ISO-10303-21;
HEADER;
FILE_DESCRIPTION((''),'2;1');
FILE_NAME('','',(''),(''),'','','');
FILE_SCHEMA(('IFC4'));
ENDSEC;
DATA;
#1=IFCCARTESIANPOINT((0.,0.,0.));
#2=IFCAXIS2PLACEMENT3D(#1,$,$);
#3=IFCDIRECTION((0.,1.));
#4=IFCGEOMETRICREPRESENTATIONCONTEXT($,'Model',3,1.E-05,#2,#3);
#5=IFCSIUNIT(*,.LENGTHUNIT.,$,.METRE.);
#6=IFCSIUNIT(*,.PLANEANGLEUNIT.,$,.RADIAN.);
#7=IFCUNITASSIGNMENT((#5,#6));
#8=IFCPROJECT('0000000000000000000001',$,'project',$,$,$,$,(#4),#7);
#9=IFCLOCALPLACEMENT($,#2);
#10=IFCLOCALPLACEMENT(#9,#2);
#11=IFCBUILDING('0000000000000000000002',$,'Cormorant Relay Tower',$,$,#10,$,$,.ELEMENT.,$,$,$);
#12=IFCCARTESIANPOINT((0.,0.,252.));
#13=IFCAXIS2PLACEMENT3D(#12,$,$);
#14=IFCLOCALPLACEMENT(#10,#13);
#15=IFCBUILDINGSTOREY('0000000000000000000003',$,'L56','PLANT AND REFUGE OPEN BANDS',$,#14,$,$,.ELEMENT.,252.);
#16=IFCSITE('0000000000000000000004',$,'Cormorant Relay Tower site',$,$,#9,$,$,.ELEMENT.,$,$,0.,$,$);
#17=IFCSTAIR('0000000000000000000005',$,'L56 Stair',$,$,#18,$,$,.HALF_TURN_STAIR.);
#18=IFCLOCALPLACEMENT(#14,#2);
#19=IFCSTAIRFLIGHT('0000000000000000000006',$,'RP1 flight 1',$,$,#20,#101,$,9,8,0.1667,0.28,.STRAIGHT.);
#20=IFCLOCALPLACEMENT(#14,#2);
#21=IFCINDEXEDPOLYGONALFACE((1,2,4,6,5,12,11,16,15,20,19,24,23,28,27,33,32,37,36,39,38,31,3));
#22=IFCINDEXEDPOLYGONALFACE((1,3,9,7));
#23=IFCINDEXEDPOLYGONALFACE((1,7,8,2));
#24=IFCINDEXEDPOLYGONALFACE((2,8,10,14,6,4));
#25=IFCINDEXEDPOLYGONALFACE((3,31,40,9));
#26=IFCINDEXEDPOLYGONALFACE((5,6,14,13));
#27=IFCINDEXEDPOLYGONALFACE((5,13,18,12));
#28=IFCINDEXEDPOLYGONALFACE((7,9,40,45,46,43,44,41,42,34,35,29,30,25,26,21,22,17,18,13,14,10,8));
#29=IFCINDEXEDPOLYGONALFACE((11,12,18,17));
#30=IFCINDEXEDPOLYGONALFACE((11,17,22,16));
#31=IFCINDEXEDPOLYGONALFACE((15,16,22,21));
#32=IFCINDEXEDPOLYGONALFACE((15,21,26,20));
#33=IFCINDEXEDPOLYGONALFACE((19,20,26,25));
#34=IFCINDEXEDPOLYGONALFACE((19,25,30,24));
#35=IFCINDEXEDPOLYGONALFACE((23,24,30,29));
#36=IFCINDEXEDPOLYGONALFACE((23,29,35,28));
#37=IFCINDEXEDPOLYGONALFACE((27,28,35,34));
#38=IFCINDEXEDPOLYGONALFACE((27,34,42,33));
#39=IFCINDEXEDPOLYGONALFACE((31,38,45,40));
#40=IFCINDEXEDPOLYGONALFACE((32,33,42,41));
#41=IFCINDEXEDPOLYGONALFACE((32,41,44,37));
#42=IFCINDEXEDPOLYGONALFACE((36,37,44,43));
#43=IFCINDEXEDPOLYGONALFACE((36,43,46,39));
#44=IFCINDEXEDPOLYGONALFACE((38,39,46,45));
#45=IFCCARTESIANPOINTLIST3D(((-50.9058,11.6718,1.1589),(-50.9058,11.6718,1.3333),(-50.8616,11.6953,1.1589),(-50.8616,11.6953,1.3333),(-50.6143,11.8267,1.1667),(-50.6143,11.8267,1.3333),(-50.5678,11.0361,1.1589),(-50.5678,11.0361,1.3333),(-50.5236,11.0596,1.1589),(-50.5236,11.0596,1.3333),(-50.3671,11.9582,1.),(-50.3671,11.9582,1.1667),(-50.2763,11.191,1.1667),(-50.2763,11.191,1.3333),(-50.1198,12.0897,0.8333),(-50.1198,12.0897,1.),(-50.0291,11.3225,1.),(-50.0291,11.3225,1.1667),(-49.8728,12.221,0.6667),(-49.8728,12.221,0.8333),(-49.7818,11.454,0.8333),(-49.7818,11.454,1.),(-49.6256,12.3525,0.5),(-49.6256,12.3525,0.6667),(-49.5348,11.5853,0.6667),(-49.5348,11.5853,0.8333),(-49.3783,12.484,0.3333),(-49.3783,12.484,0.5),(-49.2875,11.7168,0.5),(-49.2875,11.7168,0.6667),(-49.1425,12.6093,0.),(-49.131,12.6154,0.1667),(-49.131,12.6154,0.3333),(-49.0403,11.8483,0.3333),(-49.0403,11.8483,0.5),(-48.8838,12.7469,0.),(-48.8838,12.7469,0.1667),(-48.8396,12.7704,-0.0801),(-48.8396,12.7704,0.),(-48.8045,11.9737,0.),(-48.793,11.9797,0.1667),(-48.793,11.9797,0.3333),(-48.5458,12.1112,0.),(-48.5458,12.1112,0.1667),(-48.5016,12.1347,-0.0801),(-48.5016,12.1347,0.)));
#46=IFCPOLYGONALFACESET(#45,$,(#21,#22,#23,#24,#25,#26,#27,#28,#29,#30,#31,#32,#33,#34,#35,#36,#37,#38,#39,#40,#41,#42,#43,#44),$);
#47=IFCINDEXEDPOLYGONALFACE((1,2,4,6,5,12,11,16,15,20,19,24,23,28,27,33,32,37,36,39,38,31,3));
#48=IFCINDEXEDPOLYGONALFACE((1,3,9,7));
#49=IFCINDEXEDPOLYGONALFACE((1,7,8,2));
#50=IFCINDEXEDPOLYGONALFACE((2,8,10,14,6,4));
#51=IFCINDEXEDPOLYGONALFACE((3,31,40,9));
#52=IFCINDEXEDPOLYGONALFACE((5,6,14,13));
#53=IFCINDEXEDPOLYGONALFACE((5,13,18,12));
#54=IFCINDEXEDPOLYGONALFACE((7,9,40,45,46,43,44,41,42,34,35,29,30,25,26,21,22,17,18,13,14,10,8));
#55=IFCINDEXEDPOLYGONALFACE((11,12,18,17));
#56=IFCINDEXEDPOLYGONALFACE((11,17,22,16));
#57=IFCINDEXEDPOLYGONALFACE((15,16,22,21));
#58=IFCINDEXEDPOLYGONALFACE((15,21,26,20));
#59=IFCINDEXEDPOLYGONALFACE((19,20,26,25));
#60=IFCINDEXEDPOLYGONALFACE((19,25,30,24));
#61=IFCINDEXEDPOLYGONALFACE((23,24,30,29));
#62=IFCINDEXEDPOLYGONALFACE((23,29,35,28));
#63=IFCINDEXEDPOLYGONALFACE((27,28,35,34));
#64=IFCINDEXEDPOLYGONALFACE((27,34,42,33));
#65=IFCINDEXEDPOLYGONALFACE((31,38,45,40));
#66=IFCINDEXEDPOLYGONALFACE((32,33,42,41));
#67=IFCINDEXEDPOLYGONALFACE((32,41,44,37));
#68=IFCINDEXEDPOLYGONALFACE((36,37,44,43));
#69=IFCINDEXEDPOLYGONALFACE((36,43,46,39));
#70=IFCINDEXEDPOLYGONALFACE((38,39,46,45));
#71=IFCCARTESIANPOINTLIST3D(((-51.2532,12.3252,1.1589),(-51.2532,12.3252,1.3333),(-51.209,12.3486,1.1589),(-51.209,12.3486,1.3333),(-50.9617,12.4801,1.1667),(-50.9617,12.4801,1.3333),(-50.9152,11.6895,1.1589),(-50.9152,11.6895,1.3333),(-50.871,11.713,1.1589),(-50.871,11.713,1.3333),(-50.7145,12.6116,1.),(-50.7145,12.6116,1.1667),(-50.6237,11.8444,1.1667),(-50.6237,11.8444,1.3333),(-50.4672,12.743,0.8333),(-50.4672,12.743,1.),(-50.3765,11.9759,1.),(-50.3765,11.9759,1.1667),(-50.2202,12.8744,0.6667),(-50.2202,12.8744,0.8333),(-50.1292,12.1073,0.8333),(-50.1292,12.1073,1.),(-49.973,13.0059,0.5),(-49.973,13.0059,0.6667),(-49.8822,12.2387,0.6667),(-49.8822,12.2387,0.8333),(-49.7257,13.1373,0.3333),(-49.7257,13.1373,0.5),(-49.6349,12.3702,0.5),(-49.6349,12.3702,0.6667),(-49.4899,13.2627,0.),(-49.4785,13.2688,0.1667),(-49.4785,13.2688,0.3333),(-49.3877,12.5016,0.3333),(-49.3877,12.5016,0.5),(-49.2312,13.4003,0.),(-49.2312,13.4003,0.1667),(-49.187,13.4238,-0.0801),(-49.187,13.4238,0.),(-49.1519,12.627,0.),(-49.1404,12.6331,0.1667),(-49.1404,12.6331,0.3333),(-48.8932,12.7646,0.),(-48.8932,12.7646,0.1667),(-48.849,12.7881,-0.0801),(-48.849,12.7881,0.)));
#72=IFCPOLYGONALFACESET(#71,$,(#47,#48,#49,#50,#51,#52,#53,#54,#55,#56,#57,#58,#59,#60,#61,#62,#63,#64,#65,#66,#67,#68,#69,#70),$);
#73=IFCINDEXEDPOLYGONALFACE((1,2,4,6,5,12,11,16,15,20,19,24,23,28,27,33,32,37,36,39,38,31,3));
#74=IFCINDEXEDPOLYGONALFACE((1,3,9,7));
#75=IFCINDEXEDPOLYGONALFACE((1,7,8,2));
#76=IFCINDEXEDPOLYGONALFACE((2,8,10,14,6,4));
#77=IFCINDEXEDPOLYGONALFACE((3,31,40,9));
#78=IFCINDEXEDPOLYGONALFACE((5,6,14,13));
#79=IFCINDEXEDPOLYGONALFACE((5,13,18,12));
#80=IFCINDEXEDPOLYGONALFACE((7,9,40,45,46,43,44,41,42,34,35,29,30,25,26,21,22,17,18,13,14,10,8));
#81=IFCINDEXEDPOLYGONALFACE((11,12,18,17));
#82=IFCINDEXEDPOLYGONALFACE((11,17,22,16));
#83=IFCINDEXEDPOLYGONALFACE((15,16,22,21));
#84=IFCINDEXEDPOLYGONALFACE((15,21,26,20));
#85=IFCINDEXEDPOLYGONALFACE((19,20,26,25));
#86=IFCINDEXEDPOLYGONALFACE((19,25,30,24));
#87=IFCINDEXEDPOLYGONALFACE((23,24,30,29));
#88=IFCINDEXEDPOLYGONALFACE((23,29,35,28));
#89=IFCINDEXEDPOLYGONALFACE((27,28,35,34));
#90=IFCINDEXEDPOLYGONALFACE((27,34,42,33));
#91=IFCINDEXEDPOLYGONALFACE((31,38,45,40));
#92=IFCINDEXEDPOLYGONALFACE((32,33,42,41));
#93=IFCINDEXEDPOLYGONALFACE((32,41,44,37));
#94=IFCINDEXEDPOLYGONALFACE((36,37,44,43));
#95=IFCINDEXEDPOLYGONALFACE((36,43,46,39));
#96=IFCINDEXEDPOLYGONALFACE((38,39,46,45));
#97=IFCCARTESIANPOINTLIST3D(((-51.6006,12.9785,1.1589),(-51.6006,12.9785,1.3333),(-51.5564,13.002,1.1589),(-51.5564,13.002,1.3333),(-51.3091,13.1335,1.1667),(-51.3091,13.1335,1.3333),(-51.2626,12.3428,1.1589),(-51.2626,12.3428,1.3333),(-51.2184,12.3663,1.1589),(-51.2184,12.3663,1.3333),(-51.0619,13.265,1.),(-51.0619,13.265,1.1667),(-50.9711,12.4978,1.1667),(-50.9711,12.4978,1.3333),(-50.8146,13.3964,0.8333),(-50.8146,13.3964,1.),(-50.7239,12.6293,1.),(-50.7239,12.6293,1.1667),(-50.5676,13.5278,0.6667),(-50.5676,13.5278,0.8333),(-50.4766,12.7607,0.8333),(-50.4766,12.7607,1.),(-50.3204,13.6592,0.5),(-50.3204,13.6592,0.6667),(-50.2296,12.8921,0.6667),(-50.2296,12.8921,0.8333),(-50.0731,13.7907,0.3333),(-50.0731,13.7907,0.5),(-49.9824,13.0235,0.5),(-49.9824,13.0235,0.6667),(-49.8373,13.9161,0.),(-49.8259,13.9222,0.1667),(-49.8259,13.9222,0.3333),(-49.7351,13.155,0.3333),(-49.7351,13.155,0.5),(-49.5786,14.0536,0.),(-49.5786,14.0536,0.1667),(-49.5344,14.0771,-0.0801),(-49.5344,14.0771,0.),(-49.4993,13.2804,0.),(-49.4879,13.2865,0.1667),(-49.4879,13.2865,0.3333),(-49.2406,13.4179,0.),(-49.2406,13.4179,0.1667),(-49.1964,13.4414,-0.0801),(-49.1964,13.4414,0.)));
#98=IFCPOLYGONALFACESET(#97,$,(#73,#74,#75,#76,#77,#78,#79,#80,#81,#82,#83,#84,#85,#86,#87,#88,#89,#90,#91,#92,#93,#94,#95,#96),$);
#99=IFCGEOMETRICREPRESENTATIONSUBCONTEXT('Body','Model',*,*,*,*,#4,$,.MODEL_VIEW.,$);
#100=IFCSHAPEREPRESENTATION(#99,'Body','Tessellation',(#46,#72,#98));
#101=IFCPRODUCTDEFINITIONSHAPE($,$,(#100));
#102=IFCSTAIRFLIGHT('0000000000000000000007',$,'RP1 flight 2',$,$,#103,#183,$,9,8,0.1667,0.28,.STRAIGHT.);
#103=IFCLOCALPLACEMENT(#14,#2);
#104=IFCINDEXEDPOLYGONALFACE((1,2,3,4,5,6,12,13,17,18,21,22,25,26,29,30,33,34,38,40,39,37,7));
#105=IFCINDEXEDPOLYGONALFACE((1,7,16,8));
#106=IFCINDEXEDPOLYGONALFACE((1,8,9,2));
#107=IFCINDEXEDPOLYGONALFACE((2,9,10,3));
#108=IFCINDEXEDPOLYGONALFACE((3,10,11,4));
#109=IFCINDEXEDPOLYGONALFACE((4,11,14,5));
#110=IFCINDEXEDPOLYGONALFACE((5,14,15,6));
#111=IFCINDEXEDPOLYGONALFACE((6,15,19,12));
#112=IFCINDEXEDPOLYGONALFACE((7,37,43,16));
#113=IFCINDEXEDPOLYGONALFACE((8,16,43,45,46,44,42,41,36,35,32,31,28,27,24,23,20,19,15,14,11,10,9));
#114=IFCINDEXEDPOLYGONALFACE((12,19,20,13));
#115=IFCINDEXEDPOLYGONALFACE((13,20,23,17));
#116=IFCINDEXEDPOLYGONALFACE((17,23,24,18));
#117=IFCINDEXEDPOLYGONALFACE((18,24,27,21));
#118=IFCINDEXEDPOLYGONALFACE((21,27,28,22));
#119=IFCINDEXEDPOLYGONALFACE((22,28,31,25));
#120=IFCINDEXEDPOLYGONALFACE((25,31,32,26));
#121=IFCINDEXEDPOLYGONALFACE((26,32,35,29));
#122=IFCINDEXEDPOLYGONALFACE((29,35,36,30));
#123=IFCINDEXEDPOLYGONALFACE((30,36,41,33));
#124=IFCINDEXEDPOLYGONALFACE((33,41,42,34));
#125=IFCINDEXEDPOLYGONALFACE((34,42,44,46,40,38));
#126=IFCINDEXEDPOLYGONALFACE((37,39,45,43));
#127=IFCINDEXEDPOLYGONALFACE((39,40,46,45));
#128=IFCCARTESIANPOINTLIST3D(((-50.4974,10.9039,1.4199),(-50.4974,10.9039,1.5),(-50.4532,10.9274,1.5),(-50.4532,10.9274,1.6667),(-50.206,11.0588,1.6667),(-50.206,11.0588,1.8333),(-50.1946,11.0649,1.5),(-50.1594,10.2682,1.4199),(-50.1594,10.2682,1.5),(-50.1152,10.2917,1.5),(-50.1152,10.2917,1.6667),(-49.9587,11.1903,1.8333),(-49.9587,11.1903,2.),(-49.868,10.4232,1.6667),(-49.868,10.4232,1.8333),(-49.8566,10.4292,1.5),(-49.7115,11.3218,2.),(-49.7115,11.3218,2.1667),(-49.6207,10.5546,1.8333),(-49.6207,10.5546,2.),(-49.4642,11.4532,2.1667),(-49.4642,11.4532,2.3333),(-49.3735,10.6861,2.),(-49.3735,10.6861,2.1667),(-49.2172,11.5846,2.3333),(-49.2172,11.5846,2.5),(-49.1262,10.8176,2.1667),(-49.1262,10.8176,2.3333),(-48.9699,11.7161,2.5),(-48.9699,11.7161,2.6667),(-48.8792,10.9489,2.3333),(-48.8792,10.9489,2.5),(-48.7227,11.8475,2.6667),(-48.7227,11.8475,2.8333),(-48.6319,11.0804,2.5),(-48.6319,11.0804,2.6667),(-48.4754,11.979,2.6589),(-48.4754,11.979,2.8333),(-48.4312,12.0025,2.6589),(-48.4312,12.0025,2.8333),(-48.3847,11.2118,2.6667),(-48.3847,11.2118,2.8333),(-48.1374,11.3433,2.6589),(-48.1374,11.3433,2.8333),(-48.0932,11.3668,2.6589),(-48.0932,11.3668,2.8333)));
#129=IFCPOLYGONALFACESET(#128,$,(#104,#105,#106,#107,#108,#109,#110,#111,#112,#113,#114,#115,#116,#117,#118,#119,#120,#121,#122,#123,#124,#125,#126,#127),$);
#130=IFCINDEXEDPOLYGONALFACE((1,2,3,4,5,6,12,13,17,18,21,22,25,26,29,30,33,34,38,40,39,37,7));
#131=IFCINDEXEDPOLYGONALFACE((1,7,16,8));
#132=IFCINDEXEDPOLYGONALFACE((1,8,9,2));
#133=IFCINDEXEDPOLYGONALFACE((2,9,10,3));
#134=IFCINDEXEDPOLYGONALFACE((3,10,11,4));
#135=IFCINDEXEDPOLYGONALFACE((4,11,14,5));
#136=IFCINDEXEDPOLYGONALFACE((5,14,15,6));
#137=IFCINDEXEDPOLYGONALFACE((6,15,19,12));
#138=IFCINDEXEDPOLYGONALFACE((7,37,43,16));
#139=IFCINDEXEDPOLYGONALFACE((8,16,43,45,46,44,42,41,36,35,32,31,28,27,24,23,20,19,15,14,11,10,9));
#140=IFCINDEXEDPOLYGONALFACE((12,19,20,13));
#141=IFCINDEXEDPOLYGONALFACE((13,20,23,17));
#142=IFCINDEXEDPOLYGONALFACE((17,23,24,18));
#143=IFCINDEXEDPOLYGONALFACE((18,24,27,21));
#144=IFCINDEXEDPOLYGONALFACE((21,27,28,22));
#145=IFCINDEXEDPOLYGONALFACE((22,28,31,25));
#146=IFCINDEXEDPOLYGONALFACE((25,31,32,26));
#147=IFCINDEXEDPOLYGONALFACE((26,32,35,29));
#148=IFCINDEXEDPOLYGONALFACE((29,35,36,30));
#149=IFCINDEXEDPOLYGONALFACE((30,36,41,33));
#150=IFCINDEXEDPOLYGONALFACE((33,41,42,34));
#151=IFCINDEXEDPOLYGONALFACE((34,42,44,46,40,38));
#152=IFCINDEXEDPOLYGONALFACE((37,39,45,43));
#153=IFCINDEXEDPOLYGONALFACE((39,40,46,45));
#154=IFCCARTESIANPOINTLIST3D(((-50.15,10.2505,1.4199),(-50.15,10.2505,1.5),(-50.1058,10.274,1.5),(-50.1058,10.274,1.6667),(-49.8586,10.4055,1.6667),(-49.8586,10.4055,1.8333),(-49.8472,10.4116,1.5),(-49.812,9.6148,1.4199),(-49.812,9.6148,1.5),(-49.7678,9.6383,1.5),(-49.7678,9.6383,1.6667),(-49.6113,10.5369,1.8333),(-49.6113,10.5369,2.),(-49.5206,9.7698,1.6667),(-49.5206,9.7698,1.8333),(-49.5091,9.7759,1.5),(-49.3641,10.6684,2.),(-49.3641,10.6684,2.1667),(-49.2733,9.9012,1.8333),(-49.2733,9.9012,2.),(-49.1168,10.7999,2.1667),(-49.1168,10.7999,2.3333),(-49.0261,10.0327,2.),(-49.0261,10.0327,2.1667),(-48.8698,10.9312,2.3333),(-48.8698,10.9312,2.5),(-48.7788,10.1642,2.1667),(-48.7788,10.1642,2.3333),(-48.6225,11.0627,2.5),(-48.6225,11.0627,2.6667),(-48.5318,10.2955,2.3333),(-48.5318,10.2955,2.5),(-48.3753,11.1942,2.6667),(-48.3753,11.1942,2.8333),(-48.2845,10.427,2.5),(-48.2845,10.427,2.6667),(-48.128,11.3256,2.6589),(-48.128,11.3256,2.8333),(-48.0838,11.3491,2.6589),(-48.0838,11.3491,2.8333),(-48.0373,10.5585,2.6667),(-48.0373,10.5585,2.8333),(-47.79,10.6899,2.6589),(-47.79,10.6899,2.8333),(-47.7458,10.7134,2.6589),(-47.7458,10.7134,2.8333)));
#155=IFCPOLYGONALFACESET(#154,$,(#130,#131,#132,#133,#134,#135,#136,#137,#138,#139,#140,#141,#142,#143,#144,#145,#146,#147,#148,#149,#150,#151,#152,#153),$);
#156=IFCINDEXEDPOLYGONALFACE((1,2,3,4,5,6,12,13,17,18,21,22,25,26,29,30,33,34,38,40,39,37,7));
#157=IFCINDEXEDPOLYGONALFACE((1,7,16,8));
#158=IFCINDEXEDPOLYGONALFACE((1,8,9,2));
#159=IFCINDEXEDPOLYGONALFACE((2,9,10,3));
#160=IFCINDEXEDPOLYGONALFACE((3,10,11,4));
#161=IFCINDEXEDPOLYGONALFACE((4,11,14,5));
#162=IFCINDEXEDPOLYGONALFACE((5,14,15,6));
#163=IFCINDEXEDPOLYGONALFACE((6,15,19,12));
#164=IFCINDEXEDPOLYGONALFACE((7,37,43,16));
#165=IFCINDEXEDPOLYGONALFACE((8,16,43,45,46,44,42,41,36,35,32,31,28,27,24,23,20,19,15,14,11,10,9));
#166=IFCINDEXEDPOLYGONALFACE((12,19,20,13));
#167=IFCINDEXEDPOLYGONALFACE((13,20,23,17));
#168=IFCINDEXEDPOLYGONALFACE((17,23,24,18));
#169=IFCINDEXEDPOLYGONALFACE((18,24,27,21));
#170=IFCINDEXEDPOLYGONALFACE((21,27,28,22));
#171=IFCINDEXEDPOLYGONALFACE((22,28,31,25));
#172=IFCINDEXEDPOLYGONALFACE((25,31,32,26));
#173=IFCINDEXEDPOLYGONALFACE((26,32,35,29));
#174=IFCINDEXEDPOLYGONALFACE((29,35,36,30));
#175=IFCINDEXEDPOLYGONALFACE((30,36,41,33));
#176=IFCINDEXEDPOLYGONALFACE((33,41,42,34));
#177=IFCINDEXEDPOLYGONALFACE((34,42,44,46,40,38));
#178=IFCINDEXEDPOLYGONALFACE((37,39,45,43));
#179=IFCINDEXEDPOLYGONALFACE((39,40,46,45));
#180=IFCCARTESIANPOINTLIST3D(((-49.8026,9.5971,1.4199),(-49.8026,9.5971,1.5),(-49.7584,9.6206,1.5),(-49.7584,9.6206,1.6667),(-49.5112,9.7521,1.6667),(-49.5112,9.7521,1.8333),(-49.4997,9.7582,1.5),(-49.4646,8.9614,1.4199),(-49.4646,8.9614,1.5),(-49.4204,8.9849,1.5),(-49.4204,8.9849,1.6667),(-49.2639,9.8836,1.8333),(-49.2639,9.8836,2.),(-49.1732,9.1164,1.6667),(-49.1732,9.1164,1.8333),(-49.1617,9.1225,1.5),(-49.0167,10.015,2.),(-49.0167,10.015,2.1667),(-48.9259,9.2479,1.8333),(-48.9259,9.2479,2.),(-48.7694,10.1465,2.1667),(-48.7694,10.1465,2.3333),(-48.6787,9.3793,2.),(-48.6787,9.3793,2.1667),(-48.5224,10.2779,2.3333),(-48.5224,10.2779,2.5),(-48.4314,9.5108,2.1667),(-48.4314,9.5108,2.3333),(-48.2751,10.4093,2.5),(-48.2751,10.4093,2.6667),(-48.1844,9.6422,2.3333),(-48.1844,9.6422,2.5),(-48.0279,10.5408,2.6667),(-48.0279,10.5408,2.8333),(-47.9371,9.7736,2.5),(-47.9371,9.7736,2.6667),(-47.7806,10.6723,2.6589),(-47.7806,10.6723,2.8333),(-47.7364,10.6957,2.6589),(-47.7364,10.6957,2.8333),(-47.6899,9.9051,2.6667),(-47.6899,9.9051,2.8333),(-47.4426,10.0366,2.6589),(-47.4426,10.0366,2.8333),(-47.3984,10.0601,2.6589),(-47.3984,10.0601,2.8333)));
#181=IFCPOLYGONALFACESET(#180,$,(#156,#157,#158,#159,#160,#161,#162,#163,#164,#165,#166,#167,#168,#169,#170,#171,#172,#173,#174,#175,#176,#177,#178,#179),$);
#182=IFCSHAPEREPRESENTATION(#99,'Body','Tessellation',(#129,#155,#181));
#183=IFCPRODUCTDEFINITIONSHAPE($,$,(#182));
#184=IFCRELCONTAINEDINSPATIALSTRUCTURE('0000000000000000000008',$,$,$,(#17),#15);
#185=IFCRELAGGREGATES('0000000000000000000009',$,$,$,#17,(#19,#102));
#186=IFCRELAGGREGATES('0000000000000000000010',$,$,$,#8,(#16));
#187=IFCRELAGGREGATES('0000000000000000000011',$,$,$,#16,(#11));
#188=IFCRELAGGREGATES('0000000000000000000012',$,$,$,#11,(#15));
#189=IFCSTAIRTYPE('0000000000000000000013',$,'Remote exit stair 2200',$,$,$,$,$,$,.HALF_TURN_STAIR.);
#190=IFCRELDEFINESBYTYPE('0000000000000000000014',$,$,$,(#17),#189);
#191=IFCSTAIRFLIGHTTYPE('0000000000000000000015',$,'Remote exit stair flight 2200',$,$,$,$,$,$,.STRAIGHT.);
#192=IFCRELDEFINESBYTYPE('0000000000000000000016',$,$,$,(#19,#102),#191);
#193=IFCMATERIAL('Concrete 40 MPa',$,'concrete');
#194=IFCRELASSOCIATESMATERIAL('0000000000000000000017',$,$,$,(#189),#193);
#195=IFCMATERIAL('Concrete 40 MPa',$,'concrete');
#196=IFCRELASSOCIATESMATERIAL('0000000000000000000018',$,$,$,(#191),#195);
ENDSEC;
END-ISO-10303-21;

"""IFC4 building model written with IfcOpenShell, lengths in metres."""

from ifc_helpers import new_model, si_unit, direction, frame, origin, place, context, subcontext, project, spatial, polyline, outline, extrude, material, type_object, element, aggregate, save


model = new_model("IFC4")

# Units and contexts
model_context = context("Model", 3, precision=1e-05, world=origin(), true_north=direction((0.0, 1.0)))
body_context = subcontext(model_context, "Body", "Model", "MODEL_VIEW")
ifc_project = project(units=[si_unit("LENGTHUNIT", "METRE"), si_unit("PLANEANGLEUNIT", "RADIAN")], contexts=[model_context])

# Site, building, storey
site_placement = place(None, origin())
site = spatial("IfcSite", under=ifc_project, at=site_placement, Name="Cormorant Relay Tower site", CompositionType="ELEMENT", RefElevation=0.0)
building_placement = place(site_placement, origin())
building = spatial("IfcBuilding", under=site, at=building_placement, Name="Cormorant Relay Tower", CompositionType="ELEMENT")
storey_placement = place(building_placement, frame((0.0, 0.0, 252.0)))
storey = spatial("IfcBuildingStorey", under=building, at=storey_placement, Name="L56", Description="PLANT AND REFUGE OPEN BANDS", CompositionType="ELEMENT", Elevation=252.0)

# Stair, stair flights
ifc_material_1 = material(Name="Concrete 40 MPa", Category="concrete")
stair_type = type_object("IfcStairType", Name="Remote exit stair 2200", PredefinedType="HALF_TURN_STAIR", material=ifc_material_1)
stair_placement = place(storey_placement, origin())
stair = element("IfcStair", 1, at=stair_placement, inside=storey, type_object=stair_type, Name="L56 Stair", PredefinedType="HALF_TURN_STAIR")
ifc_material_2 = material(Name="Concrete 40 MPa", Category="concrete")
stair_flight_type = type_object("IfcStairFlightType", Name="Remote exit stair flight 2200", PredefinedType="STRAIGHT", material=ifc_material_2)
stair_flight_1_placement = place(storey_placement, frame((-49.0623, 13.0825, 0.0), z_axis=(0.0, 0.0, 1.0), x_axis=(-0.882948, -0.469472, 0.0)))
stair_flight_1 = element("IfcStairFlight", 2, at=stair_flight_1_placement, type_object=stair_flight_type, Name="RP1 flight 1", NumberOfRisers=9, NumberOfTreads=8, PredefinedType="STRAIGHT", RiserHeight=0.1667, TreadLength=0.28, context=body_context, shape_type="SweptSolid", body=[
    extrude(outline(polyline([(-0.05, -0.0801), (-0.05, 0.0), (0.0, 0.0), (0.0, 0.1667), (0.28, 0.1667), (0.28, 0.3333), (0.5601, 0.3333), (0.5601, 0.5), (0.8401, 0.5), (0.8401, 0.6667), (1.1201, 0.6667), (1.1201, 0.8333), (1.3999, 0.8333), (1.3999, 1.0), (1.6799, 1.0), (1.6799, 1.1667), (1.96, 1.1667), (1.96, 1.3333), (2.24, 1.3333), (2.29, 1.3333), (2.29, 1.1589), (2.24, 1.1589), (0.293, 0.0), (-0.05, -0.0801)])), frame((0.0, 1.1001, 0.0), z_axis=(0.0, -1.0, 0.0), x_axis=(1.0, 0.0, 0.0)), (0.0, 0.0, 1.0), 0.72),
    extrude(outline(polyline([(-0.05, -0.0801), (-0.05, 0.0), (0.0, 0.0), (0.0, 0.1667), (0.28, 0.1667), (0.28, 0.3333), (0.5601, 0.3333), (0.5601, 0.5), (0.8401, 0.5), (0.8401, 0.6667), (1.1201, 0.6667), (1.1201, 0.8333), (1.3999, 0.8333), (1.3999, 1.0), (1.6799, 1.0), (1.6799, 1.1667), (1.96, 1.1667), (1.96, 1.3333), (2.24, 1.3333), (2.29, 1.3333), (2.29, 1.1589), (2.24, 1.1589), (0.293, 0.0), (-0.05, -0.0801)])), frame((0.0, 0.3601, 0.0), z_axis=(0.0, -1.0, 0.0), x_axis=(1.0, 0.0, 0.0)), (0.0, 0.0, 1.0), 0.72),
    extrude(outline(polyline([(-0.05, -0.0801), (-0.05, 0.0), (0.0, 0.0), (0.0, 0.1667), (0.28, 0.1667), (0.28, 0.3333), (0.5601, 0.3333), (0.5601, 0.5), (0.8401, 0.5), (0.8401, 0.6667), (1.1201, 0.6667), (1.1201, 0.8333), (1.3999, 0.8333), (1.3999, 1.0), (1.6799, 1.0), (1.6799, 1.1667), (1.96, 1.1667), (1.96, 1.3333), (2.24, 1.3333), (2.29, 1.3333), (2.29, 1.1589), (2.24, 1.1589), (0.293, 0.0), (-0.05, -0.0801)])), frame((0.0, -0.3799, 0.0), z_axis=(0.0, -1.0, 0.0), x_axis=(1.0, 0.0, 0.0)), (0.0, 0.0, 1.0), 0.72),
])
stair_flight_2_placement = place(storey_placement, frame((-49.9368, 9.9561, 1.5), z_axis=(0.0, 0.0, 1.0), x_axis=(0.882948, 0.469472, 0.0)))
stair_flight_2 = element("IfcStairFlight", 3, at=stair_flight_2_placement, type_object=stair_flight_type, Name="RP1 flight 2", NumberOfRisers=9, NumberOfTreads=8, PredefinedType="STRAIGHT", RiserHeight=0.1667, TreadLength=0.28, context=body_context, shape_type="SweptSolid", body=[
    extrude(outline(polyline([(-0.05, -0.0801), (-0.05, 0.0), (0.0, 0.0), (0.0, 0.1667), (0.28, 0.1667), (0.28, 0.3333), (0.5601, 0.3333), (0.5601, 0.5), (0.8401, 0.5), (0.8401, 0.6667), (1.1201, 0.6667), (1.1201, 0.8333), (1.3999, 0.8333), (1.3999, 1.0), (1.6799, 1.0), (1.6799, 1.1667), (1.96, 1.1667), (1.96, 1.3333), (2.24, 1.3333), (2.29, 1.3333), (2.29, 1.1589), (2.24, 1.1589), (0.293, 0.0), (-0.05, -0.0801)])), frame((0.0, 1.1001, 0.0), z_axis=(0.0, -1.0, 0.0), x_axis=(1.0, 0.0, 0.0)), (0.0, 0.0, 1.0), 0.72),
    extrude(outline(polyline([(-0.05, -0.0801), (-0.05, 0.0), (0.0, 0.0), (0.0, 0.1667), (0.28, 0.1667), (0.28, 0.3333), (0.5601, 0.3333), (0.5601, 0.5), (0.8401, 0.5), (0.8401, 0.6667), (1.1201, 0.6667), (1.1201, 0.8333), (1.3999, 0.8333), (1.3999, 1.0), (1.6799, 1.0), (1.6799, 1.1667), (1.96, 1.1667), (1.96, 1.3333), (2.24, 1.3333), (2.29, 1.3333), (2.29, 1.1589), (2.24, 1.1589), (0.293, 0.0), (-0.05, -0.0801)])), frame((0.0, 0.3601, 0.0), z_axis=(0.0, -1.0, 0.0), x_axis=(1.0, 0.0, 0.0)), (0.0, 0.0, 1.0), 0.72),
    extrude(outline(polyline([(-0.05, -0.0801), (-0.05, 0.0), (0.0, 0.0), (0.0, 0.1667), (0.28, 0.1667), (0.28, 0.3333), (0.5601, 0.3333), (0.5601, 0.5), (0.8401, 0.5), (0.8401, 0.6667), (1.1201, 0.6667), (1.1201, 0.8333), (1.3999, 0.8333), (1.3999, 1.0), (1.6799, 1.0), (1.6799, 1.1667), (1.96, 1.1667), (1.96, 1.3333), (2.24, 1.3333), (2.29, 1.3333), (2.29, 1.1589), (2.24, 1.1589), (0.293, 0.0), (-0.05, -0.0801)])), frame((0.0, -0.3799, 0.0), z_axis=(0.0, -1.0, 0.0), x_axis=(1.0, 0.0, 0.0)), (0.0, 0.0, 1.0), 0.72),
])
aggregate(stair, [stair_flight_1, stair_flight_2])

save(model, "model.ifc")
